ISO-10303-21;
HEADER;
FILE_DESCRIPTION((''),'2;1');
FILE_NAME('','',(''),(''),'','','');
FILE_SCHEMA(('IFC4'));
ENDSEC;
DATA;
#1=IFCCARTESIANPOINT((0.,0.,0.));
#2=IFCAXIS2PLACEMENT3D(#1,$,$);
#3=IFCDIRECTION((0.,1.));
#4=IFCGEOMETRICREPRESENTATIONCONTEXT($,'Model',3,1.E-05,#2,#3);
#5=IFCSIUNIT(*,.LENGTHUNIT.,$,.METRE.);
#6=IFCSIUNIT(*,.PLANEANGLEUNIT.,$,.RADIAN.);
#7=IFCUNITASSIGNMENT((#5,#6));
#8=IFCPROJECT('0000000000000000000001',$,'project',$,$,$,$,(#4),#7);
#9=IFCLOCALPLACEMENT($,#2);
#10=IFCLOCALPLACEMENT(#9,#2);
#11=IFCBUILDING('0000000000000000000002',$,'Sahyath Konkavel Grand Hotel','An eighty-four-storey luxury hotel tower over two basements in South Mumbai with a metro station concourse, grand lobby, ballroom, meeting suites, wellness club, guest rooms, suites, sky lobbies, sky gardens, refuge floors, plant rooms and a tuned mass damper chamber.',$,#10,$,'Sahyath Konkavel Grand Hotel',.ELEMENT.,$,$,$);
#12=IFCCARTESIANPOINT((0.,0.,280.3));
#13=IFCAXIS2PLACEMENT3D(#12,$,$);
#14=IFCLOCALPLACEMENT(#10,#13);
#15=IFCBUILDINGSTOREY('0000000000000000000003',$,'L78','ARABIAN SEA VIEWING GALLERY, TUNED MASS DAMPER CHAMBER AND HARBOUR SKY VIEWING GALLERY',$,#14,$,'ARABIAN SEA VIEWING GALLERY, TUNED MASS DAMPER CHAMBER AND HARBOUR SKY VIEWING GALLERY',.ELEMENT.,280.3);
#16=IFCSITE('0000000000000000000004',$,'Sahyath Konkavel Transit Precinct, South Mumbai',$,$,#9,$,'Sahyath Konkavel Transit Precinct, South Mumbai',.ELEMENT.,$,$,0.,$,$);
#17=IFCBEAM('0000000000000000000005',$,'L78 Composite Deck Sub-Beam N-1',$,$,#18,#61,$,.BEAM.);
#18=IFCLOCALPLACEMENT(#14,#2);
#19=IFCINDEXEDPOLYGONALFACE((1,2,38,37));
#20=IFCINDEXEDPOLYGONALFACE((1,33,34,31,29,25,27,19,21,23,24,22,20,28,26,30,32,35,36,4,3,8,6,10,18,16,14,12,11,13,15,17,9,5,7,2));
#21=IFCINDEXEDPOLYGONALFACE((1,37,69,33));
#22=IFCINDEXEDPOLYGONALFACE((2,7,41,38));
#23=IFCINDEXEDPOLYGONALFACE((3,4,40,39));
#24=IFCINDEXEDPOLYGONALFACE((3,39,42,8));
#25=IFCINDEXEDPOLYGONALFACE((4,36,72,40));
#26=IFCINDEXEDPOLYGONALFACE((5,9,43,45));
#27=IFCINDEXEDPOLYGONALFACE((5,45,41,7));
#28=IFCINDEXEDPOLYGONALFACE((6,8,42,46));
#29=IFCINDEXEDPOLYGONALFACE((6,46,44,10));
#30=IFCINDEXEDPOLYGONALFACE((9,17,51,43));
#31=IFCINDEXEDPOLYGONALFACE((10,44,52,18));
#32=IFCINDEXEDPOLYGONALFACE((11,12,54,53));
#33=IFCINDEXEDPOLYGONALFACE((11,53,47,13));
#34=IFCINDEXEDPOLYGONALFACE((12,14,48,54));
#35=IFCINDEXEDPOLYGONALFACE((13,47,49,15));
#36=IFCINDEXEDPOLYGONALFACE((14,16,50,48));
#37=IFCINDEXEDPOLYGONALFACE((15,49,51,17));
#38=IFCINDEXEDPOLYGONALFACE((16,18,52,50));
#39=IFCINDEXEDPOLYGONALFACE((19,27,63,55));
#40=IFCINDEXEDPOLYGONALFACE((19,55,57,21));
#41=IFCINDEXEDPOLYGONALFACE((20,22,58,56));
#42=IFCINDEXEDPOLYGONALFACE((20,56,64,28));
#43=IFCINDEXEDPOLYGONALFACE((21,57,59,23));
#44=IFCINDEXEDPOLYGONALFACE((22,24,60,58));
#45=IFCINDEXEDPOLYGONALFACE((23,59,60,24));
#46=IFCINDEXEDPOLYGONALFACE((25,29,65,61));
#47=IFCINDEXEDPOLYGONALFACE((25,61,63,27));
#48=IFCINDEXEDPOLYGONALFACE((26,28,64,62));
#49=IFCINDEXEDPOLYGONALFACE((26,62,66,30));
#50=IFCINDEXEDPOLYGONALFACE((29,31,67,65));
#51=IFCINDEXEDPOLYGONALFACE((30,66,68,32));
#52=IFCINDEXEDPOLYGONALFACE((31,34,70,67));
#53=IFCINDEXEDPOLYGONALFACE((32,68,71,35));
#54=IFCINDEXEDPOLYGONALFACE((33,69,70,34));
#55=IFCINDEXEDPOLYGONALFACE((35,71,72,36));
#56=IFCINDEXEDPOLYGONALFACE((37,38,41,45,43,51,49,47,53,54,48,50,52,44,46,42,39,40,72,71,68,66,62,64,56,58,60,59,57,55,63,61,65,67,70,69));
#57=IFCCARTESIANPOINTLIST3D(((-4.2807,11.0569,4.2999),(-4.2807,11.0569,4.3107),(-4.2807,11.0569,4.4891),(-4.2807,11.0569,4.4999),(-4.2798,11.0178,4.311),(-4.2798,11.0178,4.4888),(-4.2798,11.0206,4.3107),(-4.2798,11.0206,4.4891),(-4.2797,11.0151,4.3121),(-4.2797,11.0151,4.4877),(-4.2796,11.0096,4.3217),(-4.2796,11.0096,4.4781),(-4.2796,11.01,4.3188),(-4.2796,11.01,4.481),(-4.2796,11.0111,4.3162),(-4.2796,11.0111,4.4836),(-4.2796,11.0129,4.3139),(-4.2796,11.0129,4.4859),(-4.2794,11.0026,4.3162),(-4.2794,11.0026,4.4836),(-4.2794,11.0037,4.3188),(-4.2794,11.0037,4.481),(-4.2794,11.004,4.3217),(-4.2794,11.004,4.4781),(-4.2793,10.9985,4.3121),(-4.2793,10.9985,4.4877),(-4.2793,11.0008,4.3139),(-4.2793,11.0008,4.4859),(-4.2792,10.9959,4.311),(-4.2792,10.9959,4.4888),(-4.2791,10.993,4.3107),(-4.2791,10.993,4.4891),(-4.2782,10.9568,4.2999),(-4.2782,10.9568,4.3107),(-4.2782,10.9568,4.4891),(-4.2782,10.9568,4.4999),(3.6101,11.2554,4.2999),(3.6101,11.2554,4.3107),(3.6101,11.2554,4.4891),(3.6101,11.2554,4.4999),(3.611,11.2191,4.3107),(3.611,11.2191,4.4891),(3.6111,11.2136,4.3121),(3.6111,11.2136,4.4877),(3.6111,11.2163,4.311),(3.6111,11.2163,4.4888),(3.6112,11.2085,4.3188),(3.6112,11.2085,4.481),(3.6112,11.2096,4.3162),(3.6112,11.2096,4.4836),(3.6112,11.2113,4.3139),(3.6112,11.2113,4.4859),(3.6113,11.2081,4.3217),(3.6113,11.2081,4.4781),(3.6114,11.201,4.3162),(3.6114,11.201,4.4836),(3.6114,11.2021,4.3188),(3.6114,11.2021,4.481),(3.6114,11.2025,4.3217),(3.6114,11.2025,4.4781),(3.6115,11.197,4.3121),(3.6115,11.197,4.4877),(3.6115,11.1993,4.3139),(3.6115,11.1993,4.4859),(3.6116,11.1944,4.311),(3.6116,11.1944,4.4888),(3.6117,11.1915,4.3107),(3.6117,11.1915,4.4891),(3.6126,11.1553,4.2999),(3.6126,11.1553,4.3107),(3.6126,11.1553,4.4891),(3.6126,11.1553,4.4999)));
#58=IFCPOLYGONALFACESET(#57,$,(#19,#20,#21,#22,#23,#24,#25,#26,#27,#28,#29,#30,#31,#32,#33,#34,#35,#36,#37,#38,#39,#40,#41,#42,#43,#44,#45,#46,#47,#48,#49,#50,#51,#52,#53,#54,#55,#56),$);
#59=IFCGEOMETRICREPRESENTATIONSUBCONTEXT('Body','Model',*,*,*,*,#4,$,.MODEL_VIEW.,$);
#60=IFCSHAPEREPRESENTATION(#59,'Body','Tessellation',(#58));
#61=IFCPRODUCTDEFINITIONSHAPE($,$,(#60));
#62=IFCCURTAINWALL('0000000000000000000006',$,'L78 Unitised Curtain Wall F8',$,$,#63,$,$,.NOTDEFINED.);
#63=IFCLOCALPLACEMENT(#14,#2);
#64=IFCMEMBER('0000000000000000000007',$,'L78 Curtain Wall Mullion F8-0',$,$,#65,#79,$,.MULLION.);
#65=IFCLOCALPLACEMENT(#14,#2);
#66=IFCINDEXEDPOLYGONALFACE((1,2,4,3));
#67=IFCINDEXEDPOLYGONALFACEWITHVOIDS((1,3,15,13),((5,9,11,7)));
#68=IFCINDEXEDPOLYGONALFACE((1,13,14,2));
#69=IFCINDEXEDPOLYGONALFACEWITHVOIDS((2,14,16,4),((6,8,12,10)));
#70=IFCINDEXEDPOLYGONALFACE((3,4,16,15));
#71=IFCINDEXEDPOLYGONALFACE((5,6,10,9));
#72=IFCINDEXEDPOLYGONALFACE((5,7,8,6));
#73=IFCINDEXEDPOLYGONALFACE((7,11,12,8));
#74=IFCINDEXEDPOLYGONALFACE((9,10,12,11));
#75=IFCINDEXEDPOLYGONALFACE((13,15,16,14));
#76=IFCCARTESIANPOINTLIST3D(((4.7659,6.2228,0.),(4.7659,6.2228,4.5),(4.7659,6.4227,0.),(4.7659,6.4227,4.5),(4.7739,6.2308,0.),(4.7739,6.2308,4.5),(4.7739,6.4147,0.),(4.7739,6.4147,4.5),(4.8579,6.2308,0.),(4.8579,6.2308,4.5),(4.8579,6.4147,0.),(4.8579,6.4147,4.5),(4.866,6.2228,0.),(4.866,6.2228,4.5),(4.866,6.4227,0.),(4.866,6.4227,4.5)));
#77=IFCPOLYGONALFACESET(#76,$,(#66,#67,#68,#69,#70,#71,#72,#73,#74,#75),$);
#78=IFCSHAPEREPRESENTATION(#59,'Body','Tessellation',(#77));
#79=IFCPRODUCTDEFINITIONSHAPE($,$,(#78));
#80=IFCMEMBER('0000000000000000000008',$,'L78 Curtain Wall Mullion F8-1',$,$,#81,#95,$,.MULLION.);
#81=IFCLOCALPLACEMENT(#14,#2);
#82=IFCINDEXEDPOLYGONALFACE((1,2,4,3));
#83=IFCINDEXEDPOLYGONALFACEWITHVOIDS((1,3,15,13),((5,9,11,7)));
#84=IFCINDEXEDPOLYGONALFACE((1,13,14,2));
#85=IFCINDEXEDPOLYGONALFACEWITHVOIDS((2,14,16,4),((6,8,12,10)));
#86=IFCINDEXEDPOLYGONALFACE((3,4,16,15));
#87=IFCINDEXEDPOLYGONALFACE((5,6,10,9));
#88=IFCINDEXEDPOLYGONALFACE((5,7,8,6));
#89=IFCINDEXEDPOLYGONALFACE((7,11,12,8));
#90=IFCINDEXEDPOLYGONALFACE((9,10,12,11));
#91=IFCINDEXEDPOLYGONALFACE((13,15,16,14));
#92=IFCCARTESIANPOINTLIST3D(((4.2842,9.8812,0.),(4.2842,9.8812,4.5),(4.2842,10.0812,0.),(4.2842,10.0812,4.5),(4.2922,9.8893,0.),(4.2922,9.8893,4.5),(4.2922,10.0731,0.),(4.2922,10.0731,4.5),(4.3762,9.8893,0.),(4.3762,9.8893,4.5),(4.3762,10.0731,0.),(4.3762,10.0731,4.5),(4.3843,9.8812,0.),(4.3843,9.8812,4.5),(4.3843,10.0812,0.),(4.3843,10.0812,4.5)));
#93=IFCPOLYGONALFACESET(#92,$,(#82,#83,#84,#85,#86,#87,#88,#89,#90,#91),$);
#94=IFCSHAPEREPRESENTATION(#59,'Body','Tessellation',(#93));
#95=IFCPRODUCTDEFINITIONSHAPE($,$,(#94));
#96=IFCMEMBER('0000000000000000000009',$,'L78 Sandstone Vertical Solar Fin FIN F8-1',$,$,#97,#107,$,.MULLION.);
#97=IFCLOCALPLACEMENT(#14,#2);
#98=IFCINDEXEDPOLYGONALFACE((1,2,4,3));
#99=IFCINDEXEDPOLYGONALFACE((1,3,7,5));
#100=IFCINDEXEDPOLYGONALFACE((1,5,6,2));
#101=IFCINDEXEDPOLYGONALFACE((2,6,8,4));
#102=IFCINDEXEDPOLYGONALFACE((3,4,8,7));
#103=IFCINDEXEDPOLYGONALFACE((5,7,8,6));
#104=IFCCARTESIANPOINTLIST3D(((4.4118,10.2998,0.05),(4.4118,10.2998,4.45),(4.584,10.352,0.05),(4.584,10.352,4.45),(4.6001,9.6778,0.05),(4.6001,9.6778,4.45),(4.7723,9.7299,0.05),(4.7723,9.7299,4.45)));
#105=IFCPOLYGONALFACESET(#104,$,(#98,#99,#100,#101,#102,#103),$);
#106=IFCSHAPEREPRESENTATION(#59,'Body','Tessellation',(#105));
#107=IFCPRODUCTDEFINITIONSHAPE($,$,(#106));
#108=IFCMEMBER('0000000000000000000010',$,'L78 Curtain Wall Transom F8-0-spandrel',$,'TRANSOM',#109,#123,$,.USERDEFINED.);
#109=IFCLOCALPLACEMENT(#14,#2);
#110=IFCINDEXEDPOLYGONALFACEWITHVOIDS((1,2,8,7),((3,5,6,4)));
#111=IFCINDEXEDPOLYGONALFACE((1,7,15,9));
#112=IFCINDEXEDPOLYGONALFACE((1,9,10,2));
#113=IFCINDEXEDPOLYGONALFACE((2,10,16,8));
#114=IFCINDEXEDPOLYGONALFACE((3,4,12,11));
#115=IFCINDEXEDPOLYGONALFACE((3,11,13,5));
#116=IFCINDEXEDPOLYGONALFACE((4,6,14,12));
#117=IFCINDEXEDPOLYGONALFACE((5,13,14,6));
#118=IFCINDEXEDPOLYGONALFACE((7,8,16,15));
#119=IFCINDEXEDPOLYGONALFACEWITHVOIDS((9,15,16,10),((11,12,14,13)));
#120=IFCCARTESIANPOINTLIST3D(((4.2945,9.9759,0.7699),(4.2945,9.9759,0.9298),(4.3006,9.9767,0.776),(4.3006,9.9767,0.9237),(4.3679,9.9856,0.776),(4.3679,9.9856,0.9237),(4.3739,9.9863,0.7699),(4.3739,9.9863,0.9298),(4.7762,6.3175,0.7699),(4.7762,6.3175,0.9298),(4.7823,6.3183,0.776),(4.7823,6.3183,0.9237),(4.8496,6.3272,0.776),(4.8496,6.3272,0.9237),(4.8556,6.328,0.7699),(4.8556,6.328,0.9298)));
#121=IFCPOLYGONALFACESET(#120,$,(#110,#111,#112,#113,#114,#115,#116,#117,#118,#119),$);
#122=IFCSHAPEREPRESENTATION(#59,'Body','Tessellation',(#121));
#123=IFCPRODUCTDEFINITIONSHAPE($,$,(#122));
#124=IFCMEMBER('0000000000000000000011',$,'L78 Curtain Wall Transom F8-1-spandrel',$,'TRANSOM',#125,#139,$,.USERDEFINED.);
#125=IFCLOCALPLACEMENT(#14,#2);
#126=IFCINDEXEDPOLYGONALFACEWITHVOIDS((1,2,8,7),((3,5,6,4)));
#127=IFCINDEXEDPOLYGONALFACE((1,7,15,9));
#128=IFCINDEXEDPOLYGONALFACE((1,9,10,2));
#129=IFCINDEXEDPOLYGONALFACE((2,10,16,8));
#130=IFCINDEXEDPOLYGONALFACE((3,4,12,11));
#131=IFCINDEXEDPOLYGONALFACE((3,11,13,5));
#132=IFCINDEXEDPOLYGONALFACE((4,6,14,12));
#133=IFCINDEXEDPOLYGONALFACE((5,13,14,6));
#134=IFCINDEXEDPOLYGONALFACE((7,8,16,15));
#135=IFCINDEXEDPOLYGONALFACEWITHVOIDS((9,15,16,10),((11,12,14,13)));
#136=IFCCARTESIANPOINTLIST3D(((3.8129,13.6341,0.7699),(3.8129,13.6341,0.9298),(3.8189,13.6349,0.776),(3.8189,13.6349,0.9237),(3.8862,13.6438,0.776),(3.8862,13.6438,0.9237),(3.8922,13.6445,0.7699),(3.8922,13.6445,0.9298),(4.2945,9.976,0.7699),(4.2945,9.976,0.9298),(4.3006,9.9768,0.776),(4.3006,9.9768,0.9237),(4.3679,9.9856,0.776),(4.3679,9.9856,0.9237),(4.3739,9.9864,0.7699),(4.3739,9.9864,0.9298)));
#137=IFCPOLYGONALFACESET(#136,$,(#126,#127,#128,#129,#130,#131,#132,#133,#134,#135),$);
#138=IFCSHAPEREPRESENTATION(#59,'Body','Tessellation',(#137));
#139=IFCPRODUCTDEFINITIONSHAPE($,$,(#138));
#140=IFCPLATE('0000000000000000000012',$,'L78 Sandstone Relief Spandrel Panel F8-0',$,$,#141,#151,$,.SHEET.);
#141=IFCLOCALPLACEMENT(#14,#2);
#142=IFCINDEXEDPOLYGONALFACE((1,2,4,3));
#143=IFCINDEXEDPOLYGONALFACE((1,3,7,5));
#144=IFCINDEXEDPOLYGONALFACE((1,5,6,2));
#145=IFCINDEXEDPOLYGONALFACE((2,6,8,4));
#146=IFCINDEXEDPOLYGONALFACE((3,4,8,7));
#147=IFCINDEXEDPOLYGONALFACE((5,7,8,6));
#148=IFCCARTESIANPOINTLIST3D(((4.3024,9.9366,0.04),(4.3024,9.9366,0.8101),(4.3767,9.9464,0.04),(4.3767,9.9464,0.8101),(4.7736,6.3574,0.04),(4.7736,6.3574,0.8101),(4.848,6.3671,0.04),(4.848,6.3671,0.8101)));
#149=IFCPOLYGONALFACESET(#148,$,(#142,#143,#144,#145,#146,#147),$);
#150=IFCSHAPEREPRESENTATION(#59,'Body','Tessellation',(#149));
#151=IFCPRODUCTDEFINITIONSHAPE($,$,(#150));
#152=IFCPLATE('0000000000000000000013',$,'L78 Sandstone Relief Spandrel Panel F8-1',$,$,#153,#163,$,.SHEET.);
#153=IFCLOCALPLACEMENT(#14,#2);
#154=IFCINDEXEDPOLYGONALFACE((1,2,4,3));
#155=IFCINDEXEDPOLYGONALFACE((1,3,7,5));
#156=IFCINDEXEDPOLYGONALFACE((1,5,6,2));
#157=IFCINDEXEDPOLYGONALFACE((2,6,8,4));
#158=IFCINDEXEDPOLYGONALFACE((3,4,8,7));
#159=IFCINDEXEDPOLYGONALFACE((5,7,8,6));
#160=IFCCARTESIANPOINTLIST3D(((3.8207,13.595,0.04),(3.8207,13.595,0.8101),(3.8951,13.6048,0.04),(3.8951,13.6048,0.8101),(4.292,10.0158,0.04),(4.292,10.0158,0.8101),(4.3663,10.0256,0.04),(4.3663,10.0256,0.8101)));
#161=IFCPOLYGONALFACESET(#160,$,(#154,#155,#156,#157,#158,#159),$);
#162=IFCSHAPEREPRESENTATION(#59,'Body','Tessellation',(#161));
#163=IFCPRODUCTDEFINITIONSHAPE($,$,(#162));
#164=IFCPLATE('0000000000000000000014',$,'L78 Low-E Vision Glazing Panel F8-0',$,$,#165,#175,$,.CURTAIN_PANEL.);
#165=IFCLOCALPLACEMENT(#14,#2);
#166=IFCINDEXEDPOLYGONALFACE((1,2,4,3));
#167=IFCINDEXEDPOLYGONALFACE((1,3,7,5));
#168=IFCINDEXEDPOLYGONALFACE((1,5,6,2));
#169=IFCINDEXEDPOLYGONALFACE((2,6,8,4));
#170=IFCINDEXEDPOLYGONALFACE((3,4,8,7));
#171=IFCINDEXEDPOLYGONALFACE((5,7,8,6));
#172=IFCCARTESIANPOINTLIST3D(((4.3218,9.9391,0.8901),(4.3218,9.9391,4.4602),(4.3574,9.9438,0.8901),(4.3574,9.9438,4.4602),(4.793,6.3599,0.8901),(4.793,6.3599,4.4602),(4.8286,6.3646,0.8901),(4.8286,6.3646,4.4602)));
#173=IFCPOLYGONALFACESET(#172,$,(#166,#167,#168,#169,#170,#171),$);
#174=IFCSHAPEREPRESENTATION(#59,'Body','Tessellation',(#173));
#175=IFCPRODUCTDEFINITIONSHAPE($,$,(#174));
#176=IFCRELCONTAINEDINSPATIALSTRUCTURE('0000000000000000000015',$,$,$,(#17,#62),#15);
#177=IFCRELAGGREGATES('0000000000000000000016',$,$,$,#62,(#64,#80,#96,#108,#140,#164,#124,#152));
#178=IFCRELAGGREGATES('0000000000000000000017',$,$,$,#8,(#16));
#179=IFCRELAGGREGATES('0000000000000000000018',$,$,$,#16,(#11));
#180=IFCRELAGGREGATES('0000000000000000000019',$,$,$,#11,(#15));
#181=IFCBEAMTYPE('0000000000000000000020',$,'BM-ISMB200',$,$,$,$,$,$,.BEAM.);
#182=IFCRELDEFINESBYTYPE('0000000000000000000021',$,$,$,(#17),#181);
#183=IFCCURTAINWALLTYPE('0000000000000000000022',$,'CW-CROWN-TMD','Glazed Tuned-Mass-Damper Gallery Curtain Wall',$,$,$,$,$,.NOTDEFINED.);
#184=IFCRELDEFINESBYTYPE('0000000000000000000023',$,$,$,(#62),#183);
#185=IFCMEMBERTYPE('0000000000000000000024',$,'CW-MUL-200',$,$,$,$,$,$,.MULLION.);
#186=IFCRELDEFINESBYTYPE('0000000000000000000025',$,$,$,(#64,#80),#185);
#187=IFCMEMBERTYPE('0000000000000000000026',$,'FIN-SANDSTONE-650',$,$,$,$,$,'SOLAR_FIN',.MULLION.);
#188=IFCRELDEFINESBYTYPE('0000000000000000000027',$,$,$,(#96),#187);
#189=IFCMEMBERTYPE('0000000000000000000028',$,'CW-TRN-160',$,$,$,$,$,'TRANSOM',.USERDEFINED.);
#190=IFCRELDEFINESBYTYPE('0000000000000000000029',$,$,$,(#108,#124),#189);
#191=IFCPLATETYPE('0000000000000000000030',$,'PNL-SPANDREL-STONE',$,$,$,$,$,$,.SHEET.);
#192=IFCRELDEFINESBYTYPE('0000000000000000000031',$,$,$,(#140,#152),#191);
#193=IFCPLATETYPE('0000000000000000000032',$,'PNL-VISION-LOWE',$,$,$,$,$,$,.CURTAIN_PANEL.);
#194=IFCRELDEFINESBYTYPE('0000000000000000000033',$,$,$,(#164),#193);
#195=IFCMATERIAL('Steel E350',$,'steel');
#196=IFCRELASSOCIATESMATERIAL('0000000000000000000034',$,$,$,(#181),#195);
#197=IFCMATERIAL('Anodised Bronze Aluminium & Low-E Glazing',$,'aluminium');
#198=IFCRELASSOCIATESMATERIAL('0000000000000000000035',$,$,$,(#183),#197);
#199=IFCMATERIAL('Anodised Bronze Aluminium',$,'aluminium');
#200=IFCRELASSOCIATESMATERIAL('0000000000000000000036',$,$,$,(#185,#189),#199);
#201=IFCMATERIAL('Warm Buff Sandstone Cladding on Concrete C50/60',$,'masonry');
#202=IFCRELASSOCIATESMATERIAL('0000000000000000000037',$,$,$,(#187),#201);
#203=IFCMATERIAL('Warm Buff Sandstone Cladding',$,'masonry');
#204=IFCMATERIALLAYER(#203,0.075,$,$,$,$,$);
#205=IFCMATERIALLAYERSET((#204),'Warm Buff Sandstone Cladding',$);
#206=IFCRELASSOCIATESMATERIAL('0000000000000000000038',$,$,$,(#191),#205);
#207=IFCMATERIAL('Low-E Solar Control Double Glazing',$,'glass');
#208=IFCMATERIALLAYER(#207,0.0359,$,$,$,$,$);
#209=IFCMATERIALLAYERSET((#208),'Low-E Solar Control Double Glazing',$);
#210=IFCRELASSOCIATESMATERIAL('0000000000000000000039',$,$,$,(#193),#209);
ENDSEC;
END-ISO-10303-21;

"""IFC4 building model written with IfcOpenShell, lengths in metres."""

from ifc_helpers import new_model, si_unit, direction, frame, origin, origin_2d, place, context, subcontext, project, spatial, rectangle, hollow_rectangle, i_section, extrude, source, transform, mapped, material, layer, layer_set, material_profile, profile_set, type_object, element, aggregate, save


model = new_model("IFC4")

# Units and contexts
model_context = context("Model", 3, precision=1e-05, world=origin(), true_north=direction((0.0, 1.0)))
body_context = subcontext(model_context, "Body", "Model", "MODEL_VIEW")
ifc_project = project(units=[si_unit("LENGTHUNIT", "METRE"), si_unit("PLANEANGLEUNIT", "RADIAN")], contexts=[model_context])

# Site, building, storey
site_placement = place(None, origin())
site = spatial("IfcSite", under=ifc_project, at=site_placement, Name="Sahyath Konkavel Transit Precinct, South Mumbai", LongName="Sahyath Konkavel Transit Precinct, South Mumbai", CompositionType="ELEMENT", RefElevation=0.0)
building_placement = place(site_placement, origin())
building = spatial("IfcBuilding", under=site, at=building_placement, Name="Sahyath Konkavel Grand Hotel", Description="An eighty-four-storey luxury hotel tower over two basements in South Mumbai with a metro station concourse, grand lobby, ballroom, meeting suites, wellness club, guest rooms, suites, sky lobbies, sky gardens, refuge floors, plant rooms and a tuned mass damper chamber.", LongName="Sahyath Konkavel Grand Hotel", CompositionType="ELEMENT")
storey_placement = place(building_placement, frame((0.0, 0.0, 280.3)))
storey = spatial("IfcBuildingStorey", under=building, at=storey_placement, Name="L78", Description="ARABIAN SEA VIEWING GALLERY, TUNED MASS DAMPER CHAMBER AND HARBOUR SKY VIEWING GALLERY", LongName="ARABIAN SEA VIEWING GALLERY, TUNED MASS DAMPER CHAMBER AND HARBOUR SKY VIEWING GALLERY", CompositionType="ELEMENT", Elevation=280.3)

# Beam
ifc_material_1 = material(Name="Steel E350", Category="steel")
ifc_material_profile_1 = material_profile(ifc_material_1, i_section(OverallWidth=0.1001, OverallDepth=0.2, WebThickness=0.0056, FlangeThickness=0.0107, FilletRadius=0.011, at=origin_2d()), Name="ISMB 200")
ifc_profile_set_1 = profile_set([ifc_material_profile_1], Name="Steel E350")
beam_type_1 = type_object("IfcBeamType", Name="BM-ISMB200", PredefinedType="BEAM", material=ifc_profile_set_1)
shared_shape_1 = source(origin(), body_context, "Body", "SweptSolid", [
    extrude(i_section(OverallWidth=0.1001, OverallDepth=0.2, WebThickness=0.0056, FlangeThickness=0.0107, FilletRadius=0.011, at=origin_2d()), origin(), (0.0, 0.0, 1.0), 7.8933),
])
beam_1_placement = place(storey_placement, frame((3.6113, 11.2053, 4.3999), z_axis=(-0.999684, -0.025146, 0.0), x_axis=(0.025146, -0.999684, 0.0)))
element("IfcBeam", 1, at=beam_1_placement, inside=storey, type_object=beam_type_1, Name="L78 Composite Deck Sub-Beam N-1", PredefinedType="BEAM", context=body_context, shape_type="MappedRepresentation", body=[
    mapped(shared_shape_1, transform((0.0, 0.0, 0.0), scale=1.0)),
])

# Curtain wall, members, plates
ifc_material_2 = material(Name="Anodised Bronze Aluminium & Low-E Glazing", Category="aluminium")
curtain_wall_type = type_object("IfcCurtainWallType", Name="CW-CROWN-TMD", Description="Glazed Tuned-Mass-Damper Gallery Curtain Wall", PredefinedType="NOTDEFINED", material=ifc_material_2)
curtain_wall_placement = place(storey_placement, origin())
curtain_wall = element("IfcCurtainWall", 2, at=curtain_wall_placement, inside=storey, type_object=curtain_wall_type, Name="L78 Unitised Curtain Wall F8", PredefinedType="NOTDEFINED")
ifc_material_3 = material(Name="Anodised Bronze Aluminium", Category="aluminium")
ifc_material_profile_2 = material_profile(ifc_material_3, hollow_rectangle(XDim=0.1001, YDim=0.2, WallThickness=0.0081, at=origin_2d()), Name="RHS 200x100x8")
ifc_profile_set_2 = profile_set([ifc_material_profile_2], Name="Anodised Bronze Aluminium")
member_type_1 = type_object("IfcMemberType", Name="CW-MUL-200", PredefinedType="MULLION", material=ifc_profile_set_2)
shared_shape_2 = source(origin(), body_context, "Body", "SweptSolid", [
    extrude(hollow_rectangle(XDim=0.1001, YDim=0.2, WallThickness=0.0081, at=origin_2d()), origin(), (0.0, 0.0, 1.0), 4.5),
])
member_1_placement = place(storey_placement, frame((4.8159, 6.3228, 0.0), z_axis=(0.0, 0.0, 1.0), x_axis=(1.0, 0.0, 0.0)))
member_1 = element("IfcMember", 3, at=member_1_placement, type_object=member_type_1, Name="L78 Curtain Wall Mullion F8-0", PredefinedType="MULLION", context=body_context, shape_type="MappedRepresentation", body=[
    mapped(shared_shape_2, transform((0.0, 0.0, 0.0), scale=1.0)),
])
member_2_placement = place(storey_placement, frame((4.3342, 9.9812, 0.0), z_axis=(0.0, 0.0, 1.0), x_axis=(1.0, 0.0, 0.0)))
member_2 = element("IfcMember", 4, at=member_2_placement, type_object=member_type_1, Name="L78 Curtain Wall Mullion F8-1", PredefinedType="MULLION", context=body_context, shape_type="MappedRepresentation", body=[
    mapped(shared_shape_2, transform((0.0, 0.0, 0.0), scale=1.0)),
])
ifc_material_4 = material(Name="Warm Buff Sandstone Cladding on Concrete C50/60", Category="masonry")
ifc_material_profile_3 = material_profile(ifc_material_4, rectangle(XDim=0.1799, YDim=0.6499, at=origin_2d()), Name="FIN 180x650")
ifc_profile_set_3 = profile_set([ifc_material_profile_3], Name="Warm Buff Sandstone Cladding on Concrete C50/60")
member_type_2 = type_object("IfcMemberType", Name="FIN-SANDSTONE-650", ElementType="SOLAR_FIN", PredefinedType="MULLION", material=ifc_profile_set_3)
shared_shape_3 = source(origin(), body_context, "Body", "SweptSolid", [
    extrude(rectangle(XDim=0.1799, YDim=0.6499, at=origin_2d()), origin(), (0.0, 0.0, 1.0), 4.3999),
])
member_3_placement = place(storey_placement, frame((4.592, 10.0149, 0.05), z_axis=(0.0, 0.0, 1.0), x_axis=(0.957117, 0.2897, 0.0)))
member_3 = element("IfcMember", 5, at=member_3_placement, type_object=member_type_2, Name="L78 Sandstone Vertical Solar Fin FIN F8-1", PredefinedType="MULLION", context=body_context, shape_type="MappedRepresentation", body=[
    mapped(shared_shape_3, transform((0.0, 0.0, 0.0), scale=1.0)),
])
ifc_material_profile_4 = material_profile(ifc_material_3, hollow_rectangle(XDim=0.0801, YDim=0.1599, WallThickness=0.0061, at=origin_2d()), Name="RHS 160x80x6")
ifc_profile_set_4 = profile_set([ifc_material_profile_4], Name="Anodised Bronze Aluminium")
member_type_3 = type_object("IfcMemberType", Name="CW-TRN-160", ElementType="TRANSOM", PredefinedType="USERDEFINED", material=ifc_profile_set_4)
shared_shape_4 = source(origin(), body_context, "Body", "SweptSolid", [
    extrude(hollow_rectangle(XDim=0.0801, YDim=0.1599, WallThickness=0.0061, at=origin_2d()), origin(), (0.0, 0.0, 1.0), 3.6899),
])
member_4_placement = place(storey_placement, frame((4.8159, 6.3228, 0.8499), z_axis=(-0.130538, 0.991443, 0.0), x_axis=(-0.991443, -0.130538, 0.0)))
member_4 = element("IfcMember", 6, at=member_4_placement, type_object=member_type_3, Name="L78 Curtain Wall Transom F8-0-spandrel", ObjectType="TRANSOM", PredefinedType="USERDEFINED", context=body_context, shape_type="MappedRepresentation", body=[
    mapped(shared_shape_4, transform((0.0, 0.0, 0.0), scale=1.0)),
])
shared_shape_5 = source(origin(), body_context, "Body", "SweptSolid", [
    extrude(hollow_rectangle(XDim=0.0801, YDim=0.1599, WallThickness=0.0061, at=origin_2d()), origin(), (0.0, 0.0, 1.0), 3.6897),
])
member_5_placement = place(storey_placement, frame((4.3342, 9.9812, 0.8499), z_axis=(-0.130547, 0.991442, 0.0), x_axis=(-0.991442, -0.130547, 0.0)))
member_5 = element("IfcMember", 7, at=member_5_placement, type_object=member_type_3, Name="L78 Curtain Wall Transom F8-1-spandrel", ObjectType="TRANSOM", PredefinedType="USERDEFINED", context=body_context, shape_type="MappedRepresentation", body=[
    mapped(shared_shape_5, transform((0.0, 0.0, 0.0), scale=1.0)),
])
ifc_material_5 = material(Name="Warm Buff Sandstone Cladding", Category="masonry")
ifc_layer_1 = layer(ifc_material_5, 0.075)
ifc_layer_set_1 = layer_set([ifc_layer_1], Name="Warm Buff Sandstone Cladding")
plate_type_1 = type_object("IfcPlateType", Name="PNL-SPANDREL-STONE", PredefinedType="SHEET", material=ifc_layer_set_1)
shared_shape_6 = source(origin(), body_context, "Body", "SweptSolid", [
    extrude(rectangle(XDim=3.6101, YDim=0.075, at=origin_2d()), origin(), (0.0, 0.0, 1.0), 0.77),
])
plate_1_placement = place(storey_placement, frame((4.5752, 8.1519, 0.04), z_axis=(0.0, 0.0, 1.0), x_axis=(-0.130526, 0.991445, 0.0)))
plate_1 = element("IfcPlate", 8, at=plate_1_placement, type_object=plate_type_1, Name="L78 Sandstone Relief Spandrel Panel F8-0", PredefinedType="SHEET", context=body_context, shape_type="MappedRepresentation", body=[
    mapped(shared_shape_6, transform((0.0, 0.0, 0.0), scale=1.0)),
])
plate_2_placement = place(storey_placement, frame((4.0935, 11.8103, 0.04), z_axis=(0.0, 0.0, 1.0), x_axis=(-0.130526, 0.991445, 0.0)))
plate_2 = element("IfcPlate", 9, at=plate_2_placement, type_object=plate_type_1, Name="L78 Sandstone Relief Spandrel Panel F8-1", PredefinedType="SHEET", context=body_context, shape_type="MappedRepresentation", body=[
    mapped(shared_shape_6, transform((0.0, 0.0, 0.0), scale=1.0)),
])
ifc_material_6 = material(Name="Low-E Solar Control Double Glazing", Category="glass")
ifc_layer_2 = layer(ifc_material_6, 0.0359)
ifc_layer_set_2 = layer_set([ifc_layer_2], Name="Low-E Solar Control Double Glazing")
plate_type_2 = type_object("IfcPlateType", Name="PNL-VISION-LOWE", PredefinedType="CURTAIN_PANEL", material=ifc_layer_set_2)
shared_shape_7 = source(origin(), body_context, "Body", "SweptSolid", [
    extrude(rectangle(XDim=3.6101, YDim=0.0359, at=origin_2d()), origin(), (0.0, 0.0, 1.0), 3.5701),
])
plate_3_placement = place(storey_placement, frame((4.5752, 8.1519, 0.8901), z_axis=(0.0, 0.0, 1.0), x_axis=(-0.130526, 0.991445, 0.0)))
plate_3 = element("IfcPlate", 10, at=plate_3_placement, type_object=plate_type_2, Name="L78 Low-E Vision Glazing Panel F8-0", PredefinedType="CURTAIN_PANEL", context=body_context, shape_type="MappedRepresentation", body=[
    mapped(shared_shape_7, transform((0.0, 0.0, 0.0), scale=1.0)),
])
aggregate(curtain_wall, [member_1, member_2, member_3, member_4, plate_1, plate_3, member_5, plate_2])

save(model, "model.ifc")
